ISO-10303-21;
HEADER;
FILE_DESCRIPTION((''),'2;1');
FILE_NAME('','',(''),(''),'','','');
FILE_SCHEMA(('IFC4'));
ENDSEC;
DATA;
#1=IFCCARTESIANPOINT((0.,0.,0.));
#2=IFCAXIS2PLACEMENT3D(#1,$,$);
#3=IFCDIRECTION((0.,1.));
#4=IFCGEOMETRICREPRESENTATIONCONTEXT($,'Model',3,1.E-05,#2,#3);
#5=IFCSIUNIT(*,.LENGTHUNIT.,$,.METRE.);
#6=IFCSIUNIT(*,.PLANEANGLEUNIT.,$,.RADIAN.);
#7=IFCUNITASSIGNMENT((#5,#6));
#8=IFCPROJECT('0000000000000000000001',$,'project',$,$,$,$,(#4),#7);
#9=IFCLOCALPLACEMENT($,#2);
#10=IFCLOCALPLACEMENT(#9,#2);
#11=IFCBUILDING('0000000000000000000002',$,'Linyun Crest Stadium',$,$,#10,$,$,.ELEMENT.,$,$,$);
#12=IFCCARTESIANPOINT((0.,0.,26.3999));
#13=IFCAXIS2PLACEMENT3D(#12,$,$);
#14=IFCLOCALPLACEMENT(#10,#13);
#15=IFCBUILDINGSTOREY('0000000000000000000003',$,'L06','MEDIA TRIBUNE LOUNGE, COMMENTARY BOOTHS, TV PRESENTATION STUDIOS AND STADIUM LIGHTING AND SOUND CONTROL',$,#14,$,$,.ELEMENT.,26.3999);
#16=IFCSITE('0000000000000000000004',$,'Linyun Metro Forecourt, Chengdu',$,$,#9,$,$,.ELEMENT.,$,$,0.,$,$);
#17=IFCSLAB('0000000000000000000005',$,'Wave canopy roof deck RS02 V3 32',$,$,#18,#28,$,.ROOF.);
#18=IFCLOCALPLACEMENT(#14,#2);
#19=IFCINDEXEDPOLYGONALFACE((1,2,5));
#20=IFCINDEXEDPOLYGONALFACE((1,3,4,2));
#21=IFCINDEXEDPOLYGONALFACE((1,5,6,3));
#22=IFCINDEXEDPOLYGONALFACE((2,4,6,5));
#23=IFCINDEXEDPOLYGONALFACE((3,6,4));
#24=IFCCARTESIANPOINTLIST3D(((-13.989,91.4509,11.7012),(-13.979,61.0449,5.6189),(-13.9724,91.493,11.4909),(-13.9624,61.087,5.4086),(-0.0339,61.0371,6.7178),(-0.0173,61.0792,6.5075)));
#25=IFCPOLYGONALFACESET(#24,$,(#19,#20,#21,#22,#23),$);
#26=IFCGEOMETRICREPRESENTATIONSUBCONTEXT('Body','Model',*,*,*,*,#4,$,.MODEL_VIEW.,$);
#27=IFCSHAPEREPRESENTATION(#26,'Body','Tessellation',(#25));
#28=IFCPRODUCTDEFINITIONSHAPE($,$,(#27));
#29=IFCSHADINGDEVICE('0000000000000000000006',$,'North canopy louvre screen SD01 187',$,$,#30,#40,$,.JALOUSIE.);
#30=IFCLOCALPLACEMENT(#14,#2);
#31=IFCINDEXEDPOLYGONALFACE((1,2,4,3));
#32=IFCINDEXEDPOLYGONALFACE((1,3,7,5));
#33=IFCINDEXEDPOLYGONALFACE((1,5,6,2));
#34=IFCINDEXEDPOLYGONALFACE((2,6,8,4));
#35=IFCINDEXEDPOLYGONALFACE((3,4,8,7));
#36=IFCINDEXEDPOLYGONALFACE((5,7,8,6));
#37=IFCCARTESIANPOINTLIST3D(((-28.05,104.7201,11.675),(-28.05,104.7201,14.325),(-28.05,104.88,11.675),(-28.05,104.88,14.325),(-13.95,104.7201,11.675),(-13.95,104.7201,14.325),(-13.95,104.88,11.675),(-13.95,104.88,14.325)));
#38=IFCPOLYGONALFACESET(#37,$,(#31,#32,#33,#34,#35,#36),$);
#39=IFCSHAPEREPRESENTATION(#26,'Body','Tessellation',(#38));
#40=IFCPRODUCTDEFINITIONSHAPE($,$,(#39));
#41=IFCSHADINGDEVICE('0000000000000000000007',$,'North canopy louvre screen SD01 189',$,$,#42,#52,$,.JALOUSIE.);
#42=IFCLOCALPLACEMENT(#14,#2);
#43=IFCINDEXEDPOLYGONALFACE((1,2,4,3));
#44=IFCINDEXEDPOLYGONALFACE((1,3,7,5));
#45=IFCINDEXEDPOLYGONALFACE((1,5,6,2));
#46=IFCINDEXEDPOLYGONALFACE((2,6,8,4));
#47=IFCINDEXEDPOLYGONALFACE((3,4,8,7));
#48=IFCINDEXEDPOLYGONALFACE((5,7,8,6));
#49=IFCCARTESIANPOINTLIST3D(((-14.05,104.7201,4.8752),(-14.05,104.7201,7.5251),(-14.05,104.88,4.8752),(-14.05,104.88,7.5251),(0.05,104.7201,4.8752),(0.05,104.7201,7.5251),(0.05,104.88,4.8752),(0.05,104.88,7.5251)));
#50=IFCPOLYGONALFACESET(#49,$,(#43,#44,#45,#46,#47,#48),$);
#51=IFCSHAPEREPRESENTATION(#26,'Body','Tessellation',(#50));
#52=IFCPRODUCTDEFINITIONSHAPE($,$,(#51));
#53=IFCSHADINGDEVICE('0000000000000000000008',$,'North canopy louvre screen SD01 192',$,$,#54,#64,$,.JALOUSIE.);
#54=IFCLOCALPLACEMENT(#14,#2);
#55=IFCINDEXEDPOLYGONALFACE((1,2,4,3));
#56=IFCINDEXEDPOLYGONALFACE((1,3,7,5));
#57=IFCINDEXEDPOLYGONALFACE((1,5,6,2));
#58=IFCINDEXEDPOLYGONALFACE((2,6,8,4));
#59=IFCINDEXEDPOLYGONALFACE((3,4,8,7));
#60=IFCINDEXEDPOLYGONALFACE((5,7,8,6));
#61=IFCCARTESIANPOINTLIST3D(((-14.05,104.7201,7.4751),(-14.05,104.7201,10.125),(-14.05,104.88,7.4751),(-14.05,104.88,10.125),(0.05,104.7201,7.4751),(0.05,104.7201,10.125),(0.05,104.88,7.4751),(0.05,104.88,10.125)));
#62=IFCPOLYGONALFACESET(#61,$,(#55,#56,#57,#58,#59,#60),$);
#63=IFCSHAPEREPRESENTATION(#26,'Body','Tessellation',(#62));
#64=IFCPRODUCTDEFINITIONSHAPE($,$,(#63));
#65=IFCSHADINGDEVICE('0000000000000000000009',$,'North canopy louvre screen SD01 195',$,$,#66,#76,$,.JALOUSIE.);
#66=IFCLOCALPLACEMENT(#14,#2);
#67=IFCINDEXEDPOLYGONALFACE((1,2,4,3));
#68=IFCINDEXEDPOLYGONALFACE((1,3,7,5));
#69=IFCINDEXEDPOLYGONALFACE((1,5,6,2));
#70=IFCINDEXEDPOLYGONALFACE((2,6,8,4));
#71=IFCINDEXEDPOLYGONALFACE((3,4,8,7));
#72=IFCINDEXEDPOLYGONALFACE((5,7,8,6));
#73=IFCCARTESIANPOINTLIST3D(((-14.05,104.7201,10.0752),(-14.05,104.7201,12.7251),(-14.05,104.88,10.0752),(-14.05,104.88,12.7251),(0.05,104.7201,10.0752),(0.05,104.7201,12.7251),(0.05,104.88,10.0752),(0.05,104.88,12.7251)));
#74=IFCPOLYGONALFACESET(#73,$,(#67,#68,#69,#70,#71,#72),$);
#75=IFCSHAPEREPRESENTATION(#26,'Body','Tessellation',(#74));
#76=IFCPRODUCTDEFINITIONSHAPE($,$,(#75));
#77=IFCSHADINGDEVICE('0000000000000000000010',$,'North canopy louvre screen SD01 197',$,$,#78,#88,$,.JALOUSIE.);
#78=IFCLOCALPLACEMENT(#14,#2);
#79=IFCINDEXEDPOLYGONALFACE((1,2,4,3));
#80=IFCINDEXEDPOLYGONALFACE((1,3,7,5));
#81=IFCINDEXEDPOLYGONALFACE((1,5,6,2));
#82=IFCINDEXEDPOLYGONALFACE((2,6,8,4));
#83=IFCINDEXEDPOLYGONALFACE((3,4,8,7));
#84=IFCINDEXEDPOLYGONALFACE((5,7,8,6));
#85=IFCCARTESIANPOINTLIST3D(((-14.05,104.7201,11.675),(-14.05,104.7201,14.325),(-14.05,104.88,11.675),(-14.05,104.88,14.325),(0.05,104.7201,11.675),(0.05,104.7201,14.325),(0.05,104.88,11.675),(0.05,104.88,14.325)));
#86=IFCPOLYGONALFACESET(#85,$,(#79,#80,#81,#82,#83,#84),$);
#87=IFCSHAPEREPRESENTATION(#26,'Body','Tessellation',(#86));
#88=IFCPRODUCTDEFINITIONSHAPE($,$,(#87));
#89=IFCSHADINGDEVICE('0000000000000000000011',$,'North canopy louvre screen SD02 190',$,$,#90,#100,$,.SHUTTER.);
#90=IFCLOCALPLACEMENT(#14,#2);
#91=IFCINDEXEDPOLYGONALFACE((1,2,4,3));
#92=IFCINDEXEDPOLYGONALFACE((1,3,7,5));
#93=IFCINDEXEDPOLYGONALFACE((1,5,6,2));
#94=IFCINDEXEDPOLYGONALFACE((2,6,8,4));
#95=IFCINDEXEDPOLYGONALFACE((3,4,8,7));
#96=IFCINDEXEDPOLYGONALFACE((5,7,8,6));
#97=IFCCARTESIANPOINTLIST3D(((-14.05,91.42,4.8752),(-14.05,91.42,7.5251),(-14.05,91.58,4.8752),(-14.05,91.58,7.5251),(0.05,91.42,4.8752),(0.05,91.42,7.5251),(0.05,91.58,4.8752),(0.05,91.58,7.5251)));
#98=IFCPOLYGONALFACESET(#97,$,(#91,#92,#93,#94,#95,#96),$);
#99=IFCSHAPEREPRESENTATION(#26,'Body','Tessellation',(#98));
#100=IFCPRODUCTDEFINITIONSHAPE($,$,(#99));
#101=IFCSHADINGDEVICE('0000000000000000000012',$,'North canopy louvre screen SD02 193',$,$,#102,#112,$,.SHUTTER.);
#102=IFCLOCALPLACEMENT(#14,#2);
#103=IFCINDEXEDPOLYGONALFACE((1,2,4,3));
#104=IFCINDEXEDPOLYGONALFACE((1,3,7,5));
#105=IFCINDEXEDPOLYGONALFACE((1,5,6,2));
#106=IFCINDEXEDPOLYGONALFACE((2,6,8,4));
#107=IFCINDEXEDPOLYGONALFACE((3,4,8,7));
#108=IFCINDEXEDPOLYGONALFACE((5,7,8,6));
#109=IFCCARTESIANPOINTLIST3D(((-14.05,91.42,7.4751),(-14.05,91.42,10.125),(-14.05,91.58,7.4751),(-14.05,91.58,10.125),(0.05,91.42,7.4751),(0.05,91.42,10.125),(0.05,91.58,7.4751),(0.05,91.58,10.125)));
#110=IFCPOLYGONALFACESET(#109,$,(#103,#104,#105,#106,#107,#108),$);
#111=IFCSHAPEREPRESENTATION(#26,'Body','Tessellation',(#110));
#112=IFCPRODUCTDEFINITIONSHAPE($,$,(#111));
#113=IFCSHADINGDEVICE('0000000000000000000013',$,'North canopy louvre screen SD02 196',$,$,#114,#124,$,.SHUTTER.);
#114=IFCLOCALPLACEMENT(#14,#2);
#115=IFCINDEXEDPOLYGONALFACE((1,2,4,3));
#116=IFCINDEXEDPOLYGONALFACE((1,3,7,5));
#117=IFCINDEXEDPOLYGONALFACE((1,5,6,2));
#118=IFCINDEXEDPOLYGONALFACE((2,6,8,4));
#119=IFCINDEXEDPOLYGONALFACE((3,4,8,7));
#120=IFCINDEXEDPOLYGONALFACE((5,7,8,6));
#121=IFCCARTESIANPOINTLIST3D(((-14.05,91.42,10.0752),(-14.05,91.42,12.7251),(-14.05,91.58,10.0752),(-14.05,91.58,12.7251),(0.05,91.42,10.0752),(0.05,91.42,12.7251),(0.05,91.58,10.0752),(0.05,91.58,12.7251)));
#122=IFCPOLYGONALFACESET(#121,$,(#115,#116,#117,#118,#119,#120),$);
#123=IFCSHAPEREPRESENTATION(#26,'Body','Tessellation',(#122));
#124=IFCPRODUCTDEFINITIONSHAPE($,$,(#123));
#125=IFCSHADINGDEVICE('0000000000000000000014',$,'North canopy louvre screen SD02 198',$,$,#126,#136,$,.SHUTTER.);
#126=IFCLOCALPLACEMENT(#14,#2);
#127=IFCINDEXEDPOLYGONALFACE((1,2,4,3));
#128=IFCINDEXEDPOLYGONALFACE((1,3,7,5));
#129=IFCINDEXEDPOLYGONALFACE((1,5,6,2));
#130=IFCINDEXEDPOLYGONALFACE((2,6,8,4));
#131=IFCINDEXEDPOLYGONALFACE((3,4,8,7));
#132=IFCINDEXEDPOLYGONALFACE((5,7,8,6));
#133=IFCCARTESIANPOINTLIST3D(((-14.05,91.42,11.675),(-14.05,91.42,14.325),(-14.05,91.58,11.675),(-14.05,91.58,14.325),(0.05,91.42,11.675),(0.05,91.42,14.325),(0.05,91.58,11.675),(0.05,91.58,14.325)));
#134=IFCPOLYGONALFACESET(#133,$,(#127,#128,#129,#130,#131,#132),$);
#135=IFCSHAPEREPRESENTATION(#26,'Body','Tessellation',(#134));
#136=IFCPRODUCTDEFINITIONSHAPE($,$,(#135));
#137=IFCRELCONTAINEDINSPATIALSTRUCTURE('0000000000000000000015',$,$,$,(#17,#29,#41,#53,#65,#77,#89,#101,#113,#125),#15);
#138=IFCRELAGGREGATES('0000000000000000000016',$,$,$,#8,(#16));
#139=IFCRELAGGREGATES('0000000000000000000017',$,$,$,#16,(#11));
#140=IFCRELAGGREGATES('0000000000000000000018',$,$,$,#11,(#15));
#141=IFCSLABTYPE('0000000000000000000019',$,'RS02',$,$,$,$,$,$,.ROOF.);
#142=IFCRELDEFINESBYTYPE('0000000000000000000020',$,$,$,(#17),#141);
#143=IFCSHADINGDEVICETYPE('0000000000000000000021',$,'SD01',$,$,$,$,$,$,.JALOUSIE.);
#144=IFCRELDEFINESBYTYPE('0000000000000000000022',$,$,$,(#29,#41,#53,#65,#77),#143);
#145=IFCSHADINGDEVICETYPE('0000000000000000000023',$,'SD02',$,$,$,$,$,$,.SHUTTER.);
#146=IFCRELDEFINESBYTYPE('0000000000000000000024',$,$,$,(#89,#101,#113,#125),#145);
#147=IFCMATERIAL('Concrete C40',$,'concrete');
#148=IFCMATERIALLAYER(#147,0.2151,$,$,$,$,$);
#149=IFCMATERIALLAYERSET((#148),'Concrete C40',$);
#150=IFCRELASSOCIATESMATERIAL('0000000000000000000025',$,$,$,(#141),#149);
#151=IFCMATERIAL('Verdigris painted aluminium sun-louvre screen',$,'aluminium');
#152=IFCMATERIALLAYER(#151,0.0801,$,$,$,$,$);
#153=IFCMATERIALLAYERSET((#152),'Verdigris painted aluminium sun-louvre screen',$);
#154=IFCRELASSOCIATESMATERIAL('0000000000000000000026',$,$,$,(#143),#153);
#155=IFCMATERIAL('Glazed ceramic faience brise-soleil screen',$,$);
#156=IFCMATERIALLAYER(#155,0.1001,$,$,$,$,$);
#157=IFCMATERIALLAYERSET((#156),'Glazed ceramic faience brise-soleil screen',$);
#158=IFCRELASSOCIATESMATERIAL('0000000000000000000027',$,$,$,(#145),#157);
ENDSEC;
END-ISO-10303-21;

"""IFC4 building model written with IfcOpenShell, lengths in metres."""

from ifc_helpers import new_model, si_unit, direction, frame, origin, origin_2d, place, context, subcontext, project, spatial, polyline, rectangle, outline, extrude, material, layer, layer_set, type_object, element, save


model = new_model("IFC4")

# Units and contexts
model_context = context("Model", 3, precision=1e-05, world=origin(), true_north=direction((0.0, 1.0)))
body_context = subcontext(model_context, "Body", "Model", "MODEL_VIEW")
ifc_project = project(units=[si_unit("LENGTHUNIT", "METRE"), si_unit("PLANEANGLEUNIT", "RADIAN")], contexts=[model_context])

# Site, building, storey
site_placement = place(None, origin())
site = spatial("IfcSite", under=ifc_project, at=site_placement, Name="Linyun Metro Forecourt, Chengdu", CompositionType="ELEMENT", RefElevation=0.0)
building_placement = place(site_placement, origin())
building = spatial("IfcBuilding", under=site, at=building_placement, Name="Linyun Crest Stadium", CompositionType="ELEMENT")
storey_placement = place(building_placement, frame((0.0, 0.0, 26.3999)))
storey = spatial("IfcBuildingStorey", under=building, at=storey_placement, Name="L06", Description="MEDIA TRIBUNE LOUNGE, COMMENTARY BOOTHS, TV PRESENTATION STUDIOS AND STADIUM LIGHTING AND SOUND CONTROL", CompositionType="ELEMENT", Elevation=26.3999)

# Slab
ifc_material_1 = material(Name="Concrete C40", Category="concrete")
ifc_layer_1 = layer(ifc_material_1, 0.2151)
ifc_layer_set_1 = layer_set([ifc_layer_1], Name="Concrete C40")
slab_type_1 = type_object("IfcSlabType", Name="RS02", PredefinedType="ROOF", material=ifc_layer_set_1)
slab_1_placement = place(storey_placement, frame((-13.989, 91.4509, 11.7012), z_axis=(-0.077149, -0.195589, 0.977647), x_axis=(0.412486, -0.898976, -0.1473)))
element("IfcSlab", 1, at=slab_1_placement, inside=storey, type_object=slab_type_1, Name="Wave canopy roof deck RS02 V3 32", PredefinedType="ROOF", context=body_context, shape_type="SweptSolid", body=[
    extrude(outline(polyline([(0.0, 0.0), (33.8316, 0.0), (28.2343, -12.8196), (0.0, 0.0)])), origin(), (0.0, 0.0, -1.0), 0.2151),
])

# Shading devices
ifc_material_2 = material(Name="Verdigris painted aluminium sun-louvre screen", Category="aluminium")
ifc_layer_2 = layer(ifc_material_2, 0.0801)
ifc_layer_set_2 = layer_set([ifc_layer_2], Name="Verdigris painted aluminium sun-louvre screen")
shading_device_type_1 = type_object("IfcShadingDeviceType", Name="SD01", PredefinedType="JALOUSIE", material=ifc_layer_set_2)
for number, where, z_axis, x_axis, name in (
    (2, (-21.0, 104.8, 11.675), (0.0, 0.0, 1.0), (1.0, 0.0, 0.0), "North canopy louvre screen SD01 187"),
    (3, (-7.0, 104.8, 4.8752), (0.0, 0.0, 1.0), (1.0, 0.0, 0.0), "North canopy louvre screen SD01 189"),
    (4, (-7.0, 104.8, 7.4751), (0.0, 0.0, 1.0), (1.0, 0.0, 0.0), "North canopy louvre screen SD01 192"),
    (5, (-7.0, 104.8, 10.0752), (0.0, 0.0, 1.0), (1.0, 0.0, 0.0), "North canopy louvre screen SD01 195"),
    (6, (-7.0, 104.8, 11.675), (0.0, 0.0, 1.0), (1.0, 0.0, 0.0), "North canopy louvre screen SD01 197"),
):
    element("IfcShadingDevice", number, at=place(storey_placement, frame(where, z_axis=z_axis, x_axis=x_axis)), inside=storey, type_object=shading_device_type_1, Name=name, PredefinedType="JALOUSIE", context=body_context, shape_type="SweptSolid", body=[
        extrude(rectangle(XDim=14.1001, YDim=0.1599, at=origin_2d()), origin(), (0.0, 0.0, 1.0), 2.6499),
    ])
ifc_material_3 = material(Name="Glazed ceramic faience brise-soleil screen")
ifc_layer_3 = layer(ifc_material_3, 0.1001)
ifc_layer_set_3 = layer_set([ifc_layer_3], Name="Glazed ceramic faience brise-soleil screen")
shading_device_type_2 = type_object("IfcShadingDeviceType", Name="SD02", PredefinedType="SHUTTER", material=ifc_layer_set_3)
for number, where, z_axis, x_axis, name in (
    (7, (-7.0, 91.5, 4.8752), (0.0, 0.0, 1.0), (1.0, 0.0, 0.0), "North canopy louvre screen SD02 190"),
    (8, (-7.0, 91.5, 7.4751), (0.0, 0.0, 1.0), (1.0, 0.0, 0.0), "North canopy louvre screen SD02 193"),
    (9, (-7.0, 91.5, 10.0752), (0.0, 0.0, 1.0), (1.0, 0.0, 0.0), "North canopy louvre screen SD02 196"),
    (10, (-7.0, 91.5, 11.675), (0.0, 0.0, 1.0), (1.0, 0.0, 0.0), "North canopy louvre screen SD02 198"),
):
    element("IfcShadingDevice", number, at=place(storey_placement, frame(where, z_axis=z_axis, x_axis=x_axis)), inside=storey, type_object=shading_device_type_2, Name=name, PredefinedType="SHUTTER", context=body_context, shape_type="SweptSolid", body=[
        extrude(rectangle(XDim=14.1001, YDim=0.1599, at=origin_2d()), origin(), (0.0, 0.0, 1.0), 2.6499),
    ])

save(model, "model.ifc")
